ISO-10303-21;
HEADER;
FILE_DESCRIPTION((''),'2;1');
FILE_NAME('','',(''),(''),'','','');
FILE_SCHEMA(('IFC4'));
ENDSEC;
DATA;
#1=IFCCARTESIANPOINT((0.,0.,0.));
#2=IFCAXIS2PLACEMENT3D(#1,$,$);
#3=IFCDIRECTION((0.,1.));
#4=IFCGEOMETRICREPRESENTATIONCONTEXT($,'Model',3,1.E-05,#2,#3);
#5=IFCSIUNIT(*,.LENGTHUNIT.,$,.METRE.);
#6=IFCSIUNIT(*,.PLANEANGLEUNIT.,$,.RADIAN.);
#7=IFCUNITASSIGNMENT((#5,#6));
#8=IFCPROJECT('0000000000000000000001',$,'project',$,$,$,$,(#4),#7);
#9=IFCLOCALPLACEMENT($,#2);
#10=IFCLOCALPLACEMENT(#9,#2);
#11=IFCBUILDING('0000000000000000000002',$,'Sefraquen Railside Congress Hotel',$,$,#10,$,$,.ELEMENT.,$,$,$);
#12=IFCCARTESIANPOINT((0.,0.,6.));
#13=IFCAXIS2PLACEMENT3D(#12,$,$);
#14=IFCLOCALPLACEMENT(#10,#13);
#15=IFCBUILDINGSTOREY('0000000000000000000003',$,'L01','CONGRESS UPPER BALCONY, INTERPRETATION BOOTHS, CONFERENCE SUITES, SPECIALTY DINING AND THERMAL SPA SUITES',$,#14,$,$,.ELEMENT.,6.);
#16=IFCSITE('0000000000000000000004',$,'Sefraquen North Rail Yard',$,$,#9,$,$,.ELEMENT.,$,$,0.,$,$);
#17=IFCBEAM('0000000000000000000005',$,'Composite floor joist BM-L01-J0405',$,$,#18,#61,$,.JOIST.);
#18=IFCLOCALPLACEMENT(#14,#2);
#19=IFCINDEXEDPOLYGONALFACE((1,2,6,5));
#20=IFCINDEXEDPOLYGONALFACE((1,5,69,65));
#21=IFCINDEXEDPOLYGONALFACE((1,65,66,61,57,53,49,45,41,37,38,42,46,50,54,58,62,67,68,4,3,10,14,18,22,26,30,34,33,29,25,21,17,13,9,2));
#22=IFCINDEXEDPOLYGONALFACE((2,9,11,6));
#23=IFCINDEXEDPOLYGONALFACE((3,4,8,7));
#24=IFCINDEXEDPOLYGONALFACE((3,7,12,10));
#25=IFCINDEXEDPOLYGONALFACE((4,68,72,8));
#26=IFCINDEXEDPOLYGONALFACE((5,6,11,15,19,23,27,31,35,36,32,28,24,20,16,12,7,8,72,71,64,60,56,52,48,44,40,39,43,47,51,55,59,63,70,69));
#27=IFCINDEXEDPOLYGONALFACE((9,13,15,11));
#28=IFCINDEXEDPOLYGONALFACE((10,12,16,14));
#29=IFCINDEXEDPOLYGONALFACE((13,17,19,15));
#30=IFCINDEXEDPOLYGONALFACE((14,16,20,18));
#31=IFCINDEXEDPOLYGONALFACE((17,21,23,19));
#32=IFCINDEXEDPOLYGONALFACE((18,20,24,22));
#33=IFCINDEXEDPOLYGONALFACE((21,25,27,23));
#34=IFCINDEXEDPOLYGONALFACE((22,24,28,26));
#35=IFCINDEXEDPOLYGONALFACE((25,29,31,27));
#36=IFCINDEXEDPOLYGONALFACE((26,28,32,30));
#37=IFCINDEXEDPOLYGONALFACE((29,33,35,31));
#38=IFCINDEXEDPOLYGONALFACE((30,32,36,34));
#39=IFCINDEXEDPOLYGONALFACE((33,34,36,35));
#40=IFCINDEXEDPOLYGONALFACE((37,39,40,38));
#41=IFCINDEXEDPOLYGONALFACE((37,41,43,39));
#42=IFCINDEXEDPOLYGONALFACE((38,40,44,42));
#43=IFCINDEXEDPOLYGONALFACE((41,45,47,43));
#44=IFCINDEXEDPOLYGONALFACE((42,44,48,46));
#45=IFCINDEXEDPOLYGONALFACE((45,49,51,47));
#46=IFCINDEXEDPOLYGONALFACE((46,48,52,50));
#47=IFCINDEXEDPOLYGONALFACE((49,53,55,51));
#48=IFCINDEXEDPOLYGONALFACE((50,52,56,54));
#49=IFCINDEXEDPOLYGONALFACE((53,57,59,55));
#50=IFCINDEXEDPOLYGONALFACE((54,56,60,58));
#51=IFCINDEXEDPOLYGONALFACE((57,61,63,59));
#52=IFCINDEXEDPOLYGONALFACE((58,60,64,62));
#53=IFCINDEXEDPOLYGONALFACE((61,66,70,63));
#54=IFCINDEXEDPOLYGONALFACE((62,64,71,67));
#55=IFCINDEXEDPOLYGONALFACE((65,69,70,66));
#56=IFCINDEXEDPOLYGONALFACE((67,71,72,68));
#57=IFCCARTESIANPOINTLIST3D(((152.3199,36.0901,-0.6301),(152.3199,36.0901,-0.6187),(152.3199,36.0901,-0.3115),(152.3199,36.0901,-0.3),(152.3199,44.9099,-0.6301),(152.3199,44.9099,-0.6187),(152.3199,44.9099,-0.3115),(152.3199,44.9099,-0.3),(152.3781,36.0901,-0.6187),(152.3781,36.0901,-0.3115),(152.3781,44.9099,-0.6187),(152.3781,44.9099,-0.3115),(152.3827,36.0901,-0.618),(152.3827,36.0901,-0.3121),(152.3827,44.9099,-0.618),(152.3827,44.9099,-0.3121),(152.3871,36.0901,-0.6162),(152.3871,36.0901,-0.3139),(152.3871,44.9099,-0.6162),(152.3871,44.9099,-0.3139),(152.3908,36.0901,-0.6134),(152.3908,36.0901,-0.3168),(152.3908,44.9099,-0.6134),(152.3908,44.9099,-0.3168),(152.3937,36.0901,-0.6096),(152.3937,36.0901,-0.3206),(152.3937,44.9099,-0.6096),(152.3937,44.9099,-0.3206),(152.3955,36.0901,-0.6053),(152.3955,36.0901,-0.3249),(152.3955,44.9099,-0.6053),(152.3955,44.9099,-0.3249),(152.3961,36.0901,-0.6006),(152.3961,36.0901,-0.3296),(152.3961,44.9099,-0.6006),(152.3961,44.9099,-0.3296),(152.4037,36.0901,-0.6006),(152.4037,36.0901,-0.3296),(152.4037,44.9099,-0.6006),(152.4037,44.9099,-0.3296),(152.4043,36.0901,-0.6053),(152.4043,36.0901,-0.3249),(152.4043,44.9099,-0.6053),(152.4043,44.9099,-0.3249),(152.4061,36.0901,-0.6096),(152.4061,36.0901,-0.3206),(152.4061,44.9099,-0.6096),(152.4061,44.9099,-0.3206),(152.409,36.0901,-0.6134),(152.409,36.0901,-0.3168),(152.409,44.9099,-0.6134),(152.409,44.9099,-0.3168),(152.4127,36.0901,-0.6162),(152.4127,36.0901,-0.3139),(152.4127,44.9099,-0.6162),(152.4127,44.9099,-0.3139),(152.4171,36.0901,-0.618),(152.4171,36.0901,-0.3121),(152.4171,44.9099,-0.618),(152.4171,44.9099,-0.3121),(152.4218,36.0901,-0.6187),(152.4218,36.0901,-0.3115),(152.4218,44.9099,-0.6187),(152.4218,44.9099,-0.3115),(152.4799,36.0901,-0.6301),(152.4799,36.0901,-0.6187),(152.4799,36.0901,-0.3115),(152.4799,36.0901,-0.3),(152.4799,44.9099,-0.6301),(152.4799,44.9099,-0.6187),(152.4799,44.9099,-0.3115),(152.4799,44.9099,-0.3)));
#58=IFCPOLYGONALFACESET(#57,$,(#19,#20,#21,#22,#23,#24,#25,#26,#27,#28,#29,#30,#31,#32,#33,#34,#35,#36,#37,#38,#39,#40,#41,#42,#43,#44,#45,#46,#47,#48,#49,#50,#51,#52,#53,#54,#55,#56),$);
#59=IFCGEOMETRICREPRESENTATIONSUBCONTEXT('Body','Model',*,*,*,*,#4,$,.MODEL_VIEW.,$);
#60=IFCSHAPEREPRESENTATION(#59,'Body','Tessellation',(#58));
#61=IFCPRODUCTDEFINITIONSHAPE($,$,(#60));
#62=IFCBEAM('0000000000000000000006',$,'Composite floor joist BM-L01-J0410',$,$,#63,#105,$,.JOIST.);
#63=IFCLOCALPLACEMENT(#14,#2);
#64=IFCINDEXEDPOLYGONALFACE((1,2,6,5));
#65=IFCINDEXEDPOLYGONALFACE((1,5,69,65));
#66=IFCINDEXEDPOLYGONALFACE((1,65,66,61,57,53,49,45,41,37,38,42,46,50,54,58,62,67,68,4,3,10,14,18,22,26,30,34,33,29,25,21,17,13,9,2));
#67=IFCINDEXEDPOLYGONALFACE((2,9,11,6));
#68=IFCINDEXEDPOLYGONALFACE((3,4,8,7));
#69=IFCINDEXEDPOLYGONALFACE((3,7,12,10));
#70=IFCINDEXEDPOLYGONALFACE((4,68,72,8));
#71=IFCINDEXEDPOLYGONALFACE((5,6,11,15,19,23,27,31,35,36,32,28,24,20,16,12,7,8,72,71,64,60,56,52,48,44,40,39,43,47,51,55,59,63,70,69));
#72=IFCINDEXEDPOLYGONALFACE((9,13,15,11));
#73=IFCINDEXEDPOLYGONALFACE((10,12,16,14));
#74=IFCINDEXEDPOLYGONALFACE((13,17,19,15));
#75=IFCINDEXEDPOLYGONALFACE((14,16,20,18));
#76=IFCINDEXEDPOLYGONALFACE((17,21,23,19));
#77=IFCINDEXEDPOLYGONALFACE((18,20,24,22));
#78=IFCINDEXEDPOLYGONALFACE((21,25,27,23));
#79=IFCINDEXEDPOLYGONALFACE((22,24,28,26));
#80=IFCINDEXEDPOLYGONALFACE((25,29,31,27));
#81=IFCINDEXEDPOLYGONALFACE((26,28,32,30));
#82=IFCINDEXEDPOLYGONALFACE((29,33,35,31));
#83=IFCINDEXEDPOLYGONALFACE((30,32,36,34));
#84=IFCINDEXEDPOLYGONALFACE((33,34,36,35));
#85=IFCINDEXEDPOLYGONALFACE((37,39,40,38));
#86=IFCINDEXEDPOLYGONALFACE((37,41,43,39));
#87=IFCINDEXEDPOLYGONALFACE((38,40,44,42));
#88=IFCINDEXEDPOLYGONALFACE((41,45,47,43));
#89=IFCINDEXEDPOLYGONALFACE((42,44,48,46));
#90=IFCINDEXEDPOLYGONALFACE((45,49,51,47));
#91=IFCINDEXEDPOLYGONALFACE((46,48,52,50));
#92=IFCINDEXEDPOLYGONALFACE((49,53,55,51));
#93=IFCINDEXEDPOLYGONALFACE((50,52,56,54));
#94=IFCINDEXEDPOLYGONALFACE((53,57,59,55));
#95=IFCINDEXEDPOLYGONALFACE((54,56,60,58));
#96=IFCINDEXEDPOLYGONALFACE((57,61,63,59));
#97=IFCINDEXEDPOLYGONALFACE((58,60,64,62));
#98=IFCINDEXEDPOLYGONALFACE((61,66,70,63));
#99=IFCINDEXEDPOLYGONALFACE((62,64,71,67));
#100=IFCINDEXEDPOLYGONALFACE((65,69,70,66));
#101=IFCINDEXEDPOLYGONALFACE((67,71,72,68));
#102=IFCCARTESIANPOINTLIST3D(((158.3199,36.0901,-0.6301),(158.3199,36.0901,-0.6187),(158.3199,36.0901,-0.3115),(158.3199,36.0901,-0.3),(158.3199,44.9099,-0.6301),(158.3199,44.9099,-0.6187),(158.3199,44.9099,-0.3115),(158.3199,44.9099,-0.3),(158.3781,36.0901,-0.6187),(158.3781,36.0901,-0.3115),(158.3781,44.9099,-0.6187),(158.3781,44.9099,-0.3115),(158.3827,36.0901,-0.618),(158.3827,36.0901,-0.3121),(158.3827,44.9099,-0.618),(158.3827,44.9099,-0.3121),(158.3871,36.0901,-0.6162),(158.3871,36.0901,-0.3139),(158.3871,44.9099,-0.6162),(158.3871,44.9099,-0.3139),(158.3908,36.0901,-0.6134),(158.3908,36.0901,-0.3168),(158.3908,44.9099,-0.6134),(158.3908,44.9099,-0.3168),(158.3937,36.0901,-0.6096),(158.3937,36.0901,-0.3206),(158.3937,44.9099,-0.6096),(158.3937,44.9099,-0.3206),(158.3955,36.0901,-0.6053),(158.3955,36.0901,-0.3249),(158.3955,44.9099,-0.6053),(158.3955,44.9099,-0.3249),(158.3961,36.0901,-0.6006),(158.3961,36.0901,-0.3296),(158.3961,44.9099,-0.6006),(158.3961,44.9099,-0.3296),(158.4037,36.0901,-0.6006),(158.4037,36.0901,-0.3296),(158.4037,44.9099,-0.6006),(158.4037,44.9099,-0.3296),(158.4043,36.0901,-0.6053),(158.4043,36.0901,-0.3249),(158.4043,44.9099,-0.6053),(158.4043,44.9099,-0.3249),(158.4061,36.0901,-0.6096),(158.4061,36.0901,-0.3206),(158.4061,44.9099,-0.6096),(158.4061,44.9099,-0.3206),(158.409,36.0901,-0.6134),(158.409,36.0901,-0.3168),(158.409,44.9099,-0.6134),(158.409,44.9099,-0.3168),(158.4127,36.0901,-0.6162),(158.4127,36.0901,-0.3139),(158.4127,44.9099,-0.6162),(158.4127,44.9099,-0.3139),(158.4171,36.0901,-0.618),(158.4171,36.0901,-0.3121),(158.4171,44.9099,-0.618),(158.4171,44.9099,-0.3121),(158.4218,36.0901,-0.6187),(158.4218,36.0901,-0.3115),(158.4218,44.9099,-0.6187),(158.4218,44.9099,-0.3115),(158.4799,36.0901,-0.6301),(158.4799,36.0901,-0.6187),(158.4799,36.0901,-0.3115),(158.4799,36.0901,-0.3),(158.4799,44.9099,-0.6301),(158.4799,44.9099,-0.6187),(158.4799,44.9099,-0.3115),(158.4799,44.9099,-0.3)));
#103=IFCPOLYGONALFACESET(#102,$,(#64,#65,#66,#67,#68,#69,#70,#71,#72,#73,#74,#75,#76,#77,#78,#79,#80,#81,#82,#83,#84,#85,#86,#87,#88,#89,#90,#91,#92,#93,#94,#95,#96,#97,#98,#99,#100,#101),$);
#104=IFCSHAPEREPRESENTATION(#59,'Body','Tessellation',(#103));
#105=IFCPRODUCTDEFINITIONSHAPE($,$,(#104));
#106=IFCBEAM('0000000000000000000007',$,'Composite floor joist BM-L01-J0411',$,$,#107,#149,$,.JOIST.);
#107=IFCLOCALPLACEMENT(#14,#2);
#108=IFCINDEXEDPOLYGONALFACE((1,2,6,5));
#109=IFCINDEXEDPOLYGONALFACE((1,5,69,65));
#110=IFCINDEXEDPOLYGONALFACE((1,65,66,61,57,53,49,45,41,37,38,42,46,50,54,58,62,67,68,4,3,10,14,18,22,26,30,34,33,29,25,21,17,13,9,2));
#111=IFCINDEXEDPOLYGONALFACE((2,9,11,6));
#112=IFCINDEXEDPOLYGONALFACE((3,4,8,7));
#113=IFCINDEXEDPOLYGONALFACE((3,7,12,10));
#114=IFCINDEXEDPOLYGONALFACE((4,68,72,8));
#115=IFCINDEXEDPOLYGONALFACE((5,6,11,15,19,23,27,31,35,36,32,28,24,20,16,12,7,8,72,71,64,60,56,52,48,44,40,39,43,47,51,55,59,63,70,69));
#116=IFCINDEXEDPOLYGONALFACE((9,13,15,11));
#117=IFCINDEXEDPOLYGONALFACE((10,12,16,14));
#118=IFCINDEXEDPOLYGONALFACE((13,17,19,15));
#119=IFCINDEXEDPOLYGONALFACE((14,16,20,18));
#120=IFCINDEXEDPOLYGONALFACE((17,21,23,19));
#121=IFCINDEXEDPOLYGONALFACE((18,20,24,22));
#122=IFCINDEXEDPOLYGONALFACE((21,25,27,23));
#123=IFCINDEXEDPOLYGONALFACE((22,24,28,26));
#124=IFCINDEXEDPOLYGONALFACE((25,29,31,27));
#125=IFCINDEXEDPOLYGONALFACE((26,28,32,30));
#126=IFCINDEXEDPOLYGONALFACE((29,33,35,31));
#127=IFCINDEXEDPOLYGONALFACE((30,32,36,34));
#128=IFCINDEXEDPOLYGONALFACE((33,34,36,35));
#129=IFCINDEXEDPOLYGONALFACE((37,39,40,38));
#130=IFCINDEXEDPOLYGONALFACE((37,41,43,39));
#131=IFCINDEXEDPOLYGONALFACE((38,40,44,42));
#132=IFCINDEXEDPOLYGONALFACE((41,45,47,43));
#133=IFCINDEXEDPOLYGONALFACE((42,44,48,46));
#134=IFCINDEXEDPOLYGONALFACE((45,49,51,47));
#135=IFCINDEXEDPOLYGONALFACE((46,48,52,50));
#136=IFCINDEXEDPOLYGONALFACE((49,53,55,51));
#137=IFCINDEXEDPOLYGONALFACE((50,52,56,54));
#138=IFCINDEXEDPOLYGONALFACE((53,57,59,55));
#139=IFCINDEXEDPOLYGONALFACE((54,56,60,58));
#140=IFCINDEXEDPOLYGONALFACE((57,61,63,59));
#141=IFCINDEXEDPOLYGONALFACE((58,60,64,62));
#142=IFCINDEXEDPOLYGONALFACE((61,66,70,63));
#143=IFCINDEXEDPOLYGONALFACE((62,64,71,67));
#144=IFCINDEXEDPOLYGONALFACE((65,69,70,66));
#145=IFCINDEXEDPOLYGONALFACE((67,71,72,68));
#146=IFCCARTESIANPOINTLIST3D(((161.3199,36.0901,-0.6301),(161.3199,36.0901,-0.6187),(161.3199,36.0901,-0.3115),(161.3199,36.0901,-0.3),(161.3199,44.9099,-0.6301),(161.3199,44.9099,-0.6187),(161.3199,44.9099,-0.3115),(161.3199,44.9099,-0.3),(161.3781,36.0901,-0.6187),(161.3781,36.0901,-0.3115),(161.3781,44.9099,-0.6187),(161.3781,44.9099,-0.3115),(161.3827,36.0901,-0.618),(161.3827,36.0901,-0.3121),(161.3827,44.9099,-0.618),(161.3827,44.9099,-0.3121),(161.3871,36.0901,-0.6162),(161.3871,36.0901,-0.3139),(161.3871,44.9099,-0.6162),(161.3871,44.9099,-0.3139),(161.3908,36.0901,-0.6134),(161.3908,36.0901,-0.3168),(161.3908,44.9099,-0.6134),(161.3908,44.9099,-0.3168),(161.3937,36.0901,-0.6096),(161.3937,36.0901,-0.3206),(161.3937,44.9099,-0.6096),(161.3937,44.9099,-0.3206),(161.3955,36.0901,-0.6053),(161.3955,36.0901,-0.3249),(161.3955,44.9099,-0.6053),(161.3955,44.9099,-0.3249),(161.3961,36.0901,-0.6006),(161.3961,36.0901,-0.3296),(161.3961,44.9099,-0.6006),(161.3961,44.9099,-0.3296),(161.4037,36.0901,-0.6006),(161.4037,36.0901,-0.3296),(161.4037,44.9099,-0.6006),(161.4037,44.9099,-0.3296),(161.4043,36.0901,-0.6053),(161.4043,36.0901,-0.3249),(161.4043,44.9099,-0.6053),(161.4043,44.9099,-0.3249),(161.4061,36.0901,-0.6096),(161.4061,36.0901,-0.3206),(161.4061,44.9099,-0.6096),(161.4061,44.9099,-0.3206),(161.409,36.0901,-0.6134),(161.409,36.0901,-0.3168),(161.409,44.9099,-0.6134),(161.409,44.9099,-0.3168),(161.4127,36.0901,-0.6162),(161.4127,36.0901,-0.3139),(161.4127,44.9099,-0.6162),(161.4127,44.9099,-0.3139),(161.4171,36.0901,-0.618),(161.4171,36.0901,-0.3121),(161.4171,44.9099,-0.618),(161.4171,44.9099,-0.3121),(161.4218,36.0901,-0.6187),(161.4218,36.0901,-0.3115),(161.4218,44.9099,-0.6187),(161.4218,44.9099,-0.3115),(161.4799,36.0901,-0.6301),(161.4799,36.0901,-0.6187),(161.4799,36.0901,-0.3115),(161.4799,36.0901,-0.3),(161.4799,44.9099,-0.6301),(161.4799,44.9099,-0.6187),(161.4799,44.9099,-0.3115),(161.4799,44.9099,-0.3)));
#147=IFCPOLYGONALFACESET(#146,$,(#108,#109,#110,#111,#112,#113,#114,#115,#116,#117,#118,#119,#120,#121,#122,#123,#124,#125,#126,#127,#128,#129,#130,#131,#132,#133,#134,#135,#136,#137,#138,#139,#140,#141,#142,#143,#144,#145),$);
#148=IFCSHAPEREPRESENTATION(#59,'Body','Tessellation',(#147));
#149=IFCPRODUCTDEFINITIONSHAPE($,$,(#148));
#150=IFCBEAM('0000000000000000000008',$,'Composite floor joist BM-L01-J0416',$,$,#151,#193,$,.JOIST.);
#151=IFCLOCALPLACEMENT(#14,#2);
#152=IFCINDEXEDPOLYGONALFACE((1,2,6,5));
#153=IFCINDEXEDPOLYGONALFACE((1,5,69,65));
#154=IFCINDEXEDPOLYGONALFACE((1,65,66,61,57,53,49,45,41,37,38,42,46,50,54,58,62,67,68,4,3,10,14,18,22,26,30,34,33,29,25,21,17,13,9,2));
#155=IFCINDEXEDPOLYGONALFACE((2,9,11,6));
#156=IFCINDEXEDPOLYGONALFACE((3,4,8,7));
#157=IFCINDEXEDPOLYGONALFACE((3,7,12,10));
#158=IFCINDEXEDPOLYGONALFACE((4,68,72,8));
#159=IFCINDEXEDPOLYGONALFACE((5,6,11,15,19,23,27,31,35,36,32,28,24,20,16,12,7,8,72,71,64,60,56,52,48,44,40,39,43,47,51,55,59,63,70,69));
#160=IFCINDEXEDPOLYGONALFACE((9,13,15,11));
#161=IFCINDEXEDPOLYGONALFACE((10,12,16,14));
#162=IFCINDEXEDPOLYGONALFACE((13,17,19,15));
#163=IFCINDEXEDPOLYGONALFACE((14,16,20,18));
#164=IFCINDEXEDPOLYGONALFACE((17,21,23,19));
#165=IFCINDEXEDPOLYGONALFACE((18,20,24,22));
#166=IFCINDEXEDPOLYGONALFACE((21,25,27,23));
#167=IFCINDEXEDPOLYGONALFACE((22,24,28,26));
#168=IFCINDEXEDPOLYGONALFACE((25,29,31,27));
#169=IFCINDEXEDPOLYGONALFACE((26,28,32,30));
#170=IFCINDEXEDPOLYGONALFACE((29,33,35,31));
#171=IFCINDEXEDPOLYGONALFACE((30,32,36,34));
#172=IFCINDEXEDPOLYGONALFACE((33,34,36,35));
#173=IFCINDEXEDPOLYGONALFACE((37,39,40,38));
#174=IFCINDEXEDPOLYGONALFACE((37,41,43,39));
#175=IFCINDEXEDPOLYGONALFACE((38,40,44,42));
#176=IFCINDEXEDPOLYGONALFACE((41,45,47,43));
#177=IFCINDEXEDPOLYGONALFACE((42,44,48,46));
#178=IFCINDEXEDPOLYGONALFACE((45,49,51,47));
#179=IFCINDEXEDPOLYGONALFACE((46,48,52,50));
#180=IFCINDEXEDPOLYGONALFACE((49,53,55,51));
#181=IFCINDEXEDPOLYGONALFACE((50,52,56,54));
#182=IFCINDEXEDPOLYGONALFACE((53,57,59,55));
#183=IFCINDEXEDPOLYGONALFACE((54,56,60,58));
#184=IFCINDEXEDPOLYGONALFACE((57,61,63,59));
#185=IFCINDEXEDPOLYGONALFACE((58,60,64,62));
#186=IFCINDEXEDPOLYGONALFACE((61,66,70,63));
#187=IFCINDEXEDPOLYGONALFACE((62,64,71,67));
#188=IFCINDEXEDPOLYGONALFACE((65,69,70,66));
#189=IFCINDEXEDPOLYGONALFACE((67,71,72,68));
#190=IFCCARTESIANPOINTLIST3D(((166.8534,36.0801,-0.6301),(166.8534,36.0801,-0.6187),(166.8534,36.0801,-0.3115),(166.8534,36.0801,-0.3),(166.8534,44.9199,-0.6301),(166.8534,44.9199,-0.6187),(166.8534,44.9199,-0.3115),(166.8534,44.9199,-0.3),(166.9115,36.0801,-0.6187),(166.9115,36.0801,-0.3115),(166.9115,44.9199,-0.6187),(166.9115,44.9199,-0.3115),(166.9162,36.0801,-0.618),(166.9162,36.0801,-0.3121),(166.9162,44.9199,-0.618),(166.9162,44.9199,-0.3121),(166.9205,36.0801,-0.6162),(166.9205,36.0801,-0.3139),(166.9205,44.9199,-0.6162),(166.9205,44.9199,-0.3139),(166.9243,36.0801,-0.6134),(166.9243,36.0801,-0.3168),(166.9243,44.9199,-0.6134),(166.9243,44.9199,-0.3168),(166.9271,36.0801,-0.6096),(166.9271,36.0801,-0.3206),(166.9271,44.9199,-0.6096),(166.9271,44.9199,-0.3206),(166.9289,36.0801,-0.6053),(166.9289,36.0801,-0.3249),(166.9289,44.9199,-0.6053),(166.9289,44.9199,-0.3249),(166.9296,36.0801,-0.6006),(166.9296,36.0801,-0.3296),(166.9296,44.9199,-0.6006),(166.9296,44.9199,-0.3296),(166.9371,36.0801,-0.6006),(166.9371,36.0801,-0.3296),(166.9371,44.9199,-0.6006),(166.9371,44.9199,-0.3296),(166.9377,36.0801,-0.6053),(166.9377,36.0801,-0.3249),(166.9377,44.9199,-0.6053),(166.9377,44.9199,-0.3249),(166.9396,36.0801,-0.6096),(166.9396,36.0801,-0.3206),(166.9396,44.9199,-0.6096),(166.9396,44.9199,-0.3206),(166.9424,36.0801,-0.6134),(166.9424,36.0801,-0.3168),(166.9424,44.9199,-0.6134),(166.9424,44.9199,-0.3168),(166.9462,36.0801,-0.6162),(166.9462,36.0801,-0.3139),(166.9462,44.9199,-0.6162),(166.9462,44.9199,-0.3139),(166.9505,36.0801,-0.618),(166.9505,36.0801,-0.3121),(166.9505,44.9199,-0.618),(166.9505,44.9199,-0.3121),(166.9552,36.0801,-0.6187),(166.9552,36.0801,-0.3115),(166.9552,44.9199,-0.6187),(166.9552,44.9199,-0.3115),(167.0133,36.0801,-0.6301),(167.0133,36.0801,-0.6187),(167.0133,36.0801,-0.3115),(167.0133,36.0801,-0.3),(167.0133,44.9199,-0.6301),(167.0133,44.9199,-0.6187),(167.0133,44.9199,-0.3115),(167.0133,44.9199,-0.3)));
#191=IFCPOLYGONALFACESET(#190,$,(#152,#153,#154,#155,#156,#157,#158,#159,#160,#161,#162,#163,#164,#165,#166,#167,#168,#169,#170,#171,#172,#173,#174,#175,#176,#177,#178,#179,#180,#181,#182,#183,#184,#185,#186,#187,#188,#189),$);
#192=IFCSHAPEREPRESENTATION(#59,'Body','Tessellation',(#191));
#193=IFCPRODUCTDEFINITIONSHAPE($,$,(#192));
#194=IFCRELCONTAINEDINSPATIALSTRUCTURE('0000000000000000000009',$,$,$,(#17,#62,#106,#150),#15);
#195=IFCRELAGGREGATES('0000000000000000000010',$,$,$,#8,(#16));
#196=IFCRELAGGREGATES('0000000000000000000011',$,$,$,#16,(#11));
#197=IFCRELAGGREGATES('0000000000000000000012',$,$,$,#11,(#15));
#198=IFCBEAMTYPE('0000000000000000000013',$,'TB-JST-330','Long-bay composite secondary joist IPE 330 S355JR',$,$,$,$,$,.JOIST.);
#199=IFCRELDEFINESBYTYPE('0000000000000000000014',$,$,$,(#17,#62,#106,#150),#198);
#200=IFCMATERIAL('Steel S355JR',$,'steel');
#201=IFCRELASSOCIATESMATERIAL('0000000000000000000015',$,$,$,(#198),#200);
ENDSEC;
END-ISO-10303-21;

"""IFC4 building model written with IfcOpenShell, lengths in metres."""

from ifc_helpers import new_model, si_unit, direction, frame, origin, origin_2d, place, context, subcontext, project, spatial, i_section, extrude, material, material_profile, profile_set, type_object, element, save


model = new_model("IFC4")

# Units and contexts
model_context = context("Model", 3, precision=1e-05, world=origin(), true_north=direction((0.0, 1.0)))
body_context = subcontext(model_context, "Body", "Model", "MODEL_VIEW")
ifc_project = project(units=[si_unit("LENGTHUNIT", "METRE"), si_unit("PLANEANGLEUNIT", "RADIAN")], contexts=[model_context])

# Site, building, storey
site_placement = place(None, origin())
site = spatial("IfcSite", under=ifc_project, at=site_placement, Name="Sefraquen North Rail Yard", CompositionType="ELEMENT", RefElevation=0.0)
building_placement = place(site_placement, origin())
building = spatial("IfcBuilding", under=site, at=building_placement, Name="Sefraquen Railside Congress Hotel", CompositionType="ELEMENT")
storey_placement = place(building_placement, frame((0.0, 0.0, 6.0)))
storey = spatial("IfcBuildingStorey", under=building, at=storey_placement, Name="L01", Description="CONGRESS UPPER BALCONY, INTERPRETATION BOOTHS, CONFERENCE SUITES, SPECIALTY DINING AND THERMAL SPA SUITES", CompositionType="ELEMENT", Elevation=6.0)

# Shared definitions
ifc_material_1 = material(Name="Steel S355JR", Category="steel")

# Beams
ifc_material_profile_1 = material_profile(ifc_material_1, i_section(OverallWidth=0.1599, OverallDepth=0.3301, WebThickness=0.0076, FlangeThickness=0.0115, FilletRadius=0.0181, at=origin_2d()), Name="IPE 330")
ifc_profile_set_1 = profile_set([ifc_material_profile_1], Name="Steel S355JR")
beam_type_1 = type_object("IfcBeamType", Name="TB-JST-330", Description="Long-bay composite secondary joist IPE 330 S355JR", PredefinedType="JOIST", material=ifc_profile_set_1)
for number, where, z_axis, x_axis, name in (
    (1, (152.3999, 36.0901, -0.4651), (0.0, 1.0, 0.0), (-1.0, 0.0, 0.0), "Composite floor joist BM-L01-J0405"),
    (2, (158.3999, 36.0901, -0.4651), (0.0, 1.0, 0.0), (-1.0, 0.0, 0.0), "Composite floor joist BM-L01-J0410"),
    (3, (161.3999, 36.0901, -0.4651), (0.0, 1.0, 0.0), (-1.0, 0.0, 0.0), "Composite floor joist BM-L01-J0411"),
):
    element("IfcBeam", number, at=place(storey_placement, frame(where, z_axis=z_axis, x_axis=x_axis)), inside=storey, type_object=beam_type_1, Name=name, PredefinedType="JOIST", context=body_context, shape_type="SweptSolid", body=[
        extrude(i_section(OverallWidth=0.1599, OverallDepth=0.3301, WebThickness=0.0076, FlangeThickness=0.0115, FilletRadius=0.0181, at=origin_2d()), origin(), (0.0, 0.0, 1.0), 8.8198),
    ])
for number, where, z_axis, x_axis, name in (
    (4, (166.9333, 36.0801, -0.4651), (0.0, 1.0, 0.0), (-1.0, 0.0, 0.0), "Composite floor joist BM-L01-J0416"),
):
    element("IfcBeam", number, at=place(storey_placement, frame(where, z_axis=z_axis, x_axis=x_axis)), inside=storey, type_object=beam_type_1, Name=name, PredefinedType="JOIST", context=body_context, shape_type="SweptSolid", body=[
        extrude(i_section(OverallWidth=0.1599, OverallDepth=0.3301, WebThickness=0.0076, FlangeThickness=0.0115, FilletRadius=0.0181, at=origin_2d()), origin(), (0.0, 0.0, 1.0), 8.8398),
    ])

save(model, "model.ifc")
